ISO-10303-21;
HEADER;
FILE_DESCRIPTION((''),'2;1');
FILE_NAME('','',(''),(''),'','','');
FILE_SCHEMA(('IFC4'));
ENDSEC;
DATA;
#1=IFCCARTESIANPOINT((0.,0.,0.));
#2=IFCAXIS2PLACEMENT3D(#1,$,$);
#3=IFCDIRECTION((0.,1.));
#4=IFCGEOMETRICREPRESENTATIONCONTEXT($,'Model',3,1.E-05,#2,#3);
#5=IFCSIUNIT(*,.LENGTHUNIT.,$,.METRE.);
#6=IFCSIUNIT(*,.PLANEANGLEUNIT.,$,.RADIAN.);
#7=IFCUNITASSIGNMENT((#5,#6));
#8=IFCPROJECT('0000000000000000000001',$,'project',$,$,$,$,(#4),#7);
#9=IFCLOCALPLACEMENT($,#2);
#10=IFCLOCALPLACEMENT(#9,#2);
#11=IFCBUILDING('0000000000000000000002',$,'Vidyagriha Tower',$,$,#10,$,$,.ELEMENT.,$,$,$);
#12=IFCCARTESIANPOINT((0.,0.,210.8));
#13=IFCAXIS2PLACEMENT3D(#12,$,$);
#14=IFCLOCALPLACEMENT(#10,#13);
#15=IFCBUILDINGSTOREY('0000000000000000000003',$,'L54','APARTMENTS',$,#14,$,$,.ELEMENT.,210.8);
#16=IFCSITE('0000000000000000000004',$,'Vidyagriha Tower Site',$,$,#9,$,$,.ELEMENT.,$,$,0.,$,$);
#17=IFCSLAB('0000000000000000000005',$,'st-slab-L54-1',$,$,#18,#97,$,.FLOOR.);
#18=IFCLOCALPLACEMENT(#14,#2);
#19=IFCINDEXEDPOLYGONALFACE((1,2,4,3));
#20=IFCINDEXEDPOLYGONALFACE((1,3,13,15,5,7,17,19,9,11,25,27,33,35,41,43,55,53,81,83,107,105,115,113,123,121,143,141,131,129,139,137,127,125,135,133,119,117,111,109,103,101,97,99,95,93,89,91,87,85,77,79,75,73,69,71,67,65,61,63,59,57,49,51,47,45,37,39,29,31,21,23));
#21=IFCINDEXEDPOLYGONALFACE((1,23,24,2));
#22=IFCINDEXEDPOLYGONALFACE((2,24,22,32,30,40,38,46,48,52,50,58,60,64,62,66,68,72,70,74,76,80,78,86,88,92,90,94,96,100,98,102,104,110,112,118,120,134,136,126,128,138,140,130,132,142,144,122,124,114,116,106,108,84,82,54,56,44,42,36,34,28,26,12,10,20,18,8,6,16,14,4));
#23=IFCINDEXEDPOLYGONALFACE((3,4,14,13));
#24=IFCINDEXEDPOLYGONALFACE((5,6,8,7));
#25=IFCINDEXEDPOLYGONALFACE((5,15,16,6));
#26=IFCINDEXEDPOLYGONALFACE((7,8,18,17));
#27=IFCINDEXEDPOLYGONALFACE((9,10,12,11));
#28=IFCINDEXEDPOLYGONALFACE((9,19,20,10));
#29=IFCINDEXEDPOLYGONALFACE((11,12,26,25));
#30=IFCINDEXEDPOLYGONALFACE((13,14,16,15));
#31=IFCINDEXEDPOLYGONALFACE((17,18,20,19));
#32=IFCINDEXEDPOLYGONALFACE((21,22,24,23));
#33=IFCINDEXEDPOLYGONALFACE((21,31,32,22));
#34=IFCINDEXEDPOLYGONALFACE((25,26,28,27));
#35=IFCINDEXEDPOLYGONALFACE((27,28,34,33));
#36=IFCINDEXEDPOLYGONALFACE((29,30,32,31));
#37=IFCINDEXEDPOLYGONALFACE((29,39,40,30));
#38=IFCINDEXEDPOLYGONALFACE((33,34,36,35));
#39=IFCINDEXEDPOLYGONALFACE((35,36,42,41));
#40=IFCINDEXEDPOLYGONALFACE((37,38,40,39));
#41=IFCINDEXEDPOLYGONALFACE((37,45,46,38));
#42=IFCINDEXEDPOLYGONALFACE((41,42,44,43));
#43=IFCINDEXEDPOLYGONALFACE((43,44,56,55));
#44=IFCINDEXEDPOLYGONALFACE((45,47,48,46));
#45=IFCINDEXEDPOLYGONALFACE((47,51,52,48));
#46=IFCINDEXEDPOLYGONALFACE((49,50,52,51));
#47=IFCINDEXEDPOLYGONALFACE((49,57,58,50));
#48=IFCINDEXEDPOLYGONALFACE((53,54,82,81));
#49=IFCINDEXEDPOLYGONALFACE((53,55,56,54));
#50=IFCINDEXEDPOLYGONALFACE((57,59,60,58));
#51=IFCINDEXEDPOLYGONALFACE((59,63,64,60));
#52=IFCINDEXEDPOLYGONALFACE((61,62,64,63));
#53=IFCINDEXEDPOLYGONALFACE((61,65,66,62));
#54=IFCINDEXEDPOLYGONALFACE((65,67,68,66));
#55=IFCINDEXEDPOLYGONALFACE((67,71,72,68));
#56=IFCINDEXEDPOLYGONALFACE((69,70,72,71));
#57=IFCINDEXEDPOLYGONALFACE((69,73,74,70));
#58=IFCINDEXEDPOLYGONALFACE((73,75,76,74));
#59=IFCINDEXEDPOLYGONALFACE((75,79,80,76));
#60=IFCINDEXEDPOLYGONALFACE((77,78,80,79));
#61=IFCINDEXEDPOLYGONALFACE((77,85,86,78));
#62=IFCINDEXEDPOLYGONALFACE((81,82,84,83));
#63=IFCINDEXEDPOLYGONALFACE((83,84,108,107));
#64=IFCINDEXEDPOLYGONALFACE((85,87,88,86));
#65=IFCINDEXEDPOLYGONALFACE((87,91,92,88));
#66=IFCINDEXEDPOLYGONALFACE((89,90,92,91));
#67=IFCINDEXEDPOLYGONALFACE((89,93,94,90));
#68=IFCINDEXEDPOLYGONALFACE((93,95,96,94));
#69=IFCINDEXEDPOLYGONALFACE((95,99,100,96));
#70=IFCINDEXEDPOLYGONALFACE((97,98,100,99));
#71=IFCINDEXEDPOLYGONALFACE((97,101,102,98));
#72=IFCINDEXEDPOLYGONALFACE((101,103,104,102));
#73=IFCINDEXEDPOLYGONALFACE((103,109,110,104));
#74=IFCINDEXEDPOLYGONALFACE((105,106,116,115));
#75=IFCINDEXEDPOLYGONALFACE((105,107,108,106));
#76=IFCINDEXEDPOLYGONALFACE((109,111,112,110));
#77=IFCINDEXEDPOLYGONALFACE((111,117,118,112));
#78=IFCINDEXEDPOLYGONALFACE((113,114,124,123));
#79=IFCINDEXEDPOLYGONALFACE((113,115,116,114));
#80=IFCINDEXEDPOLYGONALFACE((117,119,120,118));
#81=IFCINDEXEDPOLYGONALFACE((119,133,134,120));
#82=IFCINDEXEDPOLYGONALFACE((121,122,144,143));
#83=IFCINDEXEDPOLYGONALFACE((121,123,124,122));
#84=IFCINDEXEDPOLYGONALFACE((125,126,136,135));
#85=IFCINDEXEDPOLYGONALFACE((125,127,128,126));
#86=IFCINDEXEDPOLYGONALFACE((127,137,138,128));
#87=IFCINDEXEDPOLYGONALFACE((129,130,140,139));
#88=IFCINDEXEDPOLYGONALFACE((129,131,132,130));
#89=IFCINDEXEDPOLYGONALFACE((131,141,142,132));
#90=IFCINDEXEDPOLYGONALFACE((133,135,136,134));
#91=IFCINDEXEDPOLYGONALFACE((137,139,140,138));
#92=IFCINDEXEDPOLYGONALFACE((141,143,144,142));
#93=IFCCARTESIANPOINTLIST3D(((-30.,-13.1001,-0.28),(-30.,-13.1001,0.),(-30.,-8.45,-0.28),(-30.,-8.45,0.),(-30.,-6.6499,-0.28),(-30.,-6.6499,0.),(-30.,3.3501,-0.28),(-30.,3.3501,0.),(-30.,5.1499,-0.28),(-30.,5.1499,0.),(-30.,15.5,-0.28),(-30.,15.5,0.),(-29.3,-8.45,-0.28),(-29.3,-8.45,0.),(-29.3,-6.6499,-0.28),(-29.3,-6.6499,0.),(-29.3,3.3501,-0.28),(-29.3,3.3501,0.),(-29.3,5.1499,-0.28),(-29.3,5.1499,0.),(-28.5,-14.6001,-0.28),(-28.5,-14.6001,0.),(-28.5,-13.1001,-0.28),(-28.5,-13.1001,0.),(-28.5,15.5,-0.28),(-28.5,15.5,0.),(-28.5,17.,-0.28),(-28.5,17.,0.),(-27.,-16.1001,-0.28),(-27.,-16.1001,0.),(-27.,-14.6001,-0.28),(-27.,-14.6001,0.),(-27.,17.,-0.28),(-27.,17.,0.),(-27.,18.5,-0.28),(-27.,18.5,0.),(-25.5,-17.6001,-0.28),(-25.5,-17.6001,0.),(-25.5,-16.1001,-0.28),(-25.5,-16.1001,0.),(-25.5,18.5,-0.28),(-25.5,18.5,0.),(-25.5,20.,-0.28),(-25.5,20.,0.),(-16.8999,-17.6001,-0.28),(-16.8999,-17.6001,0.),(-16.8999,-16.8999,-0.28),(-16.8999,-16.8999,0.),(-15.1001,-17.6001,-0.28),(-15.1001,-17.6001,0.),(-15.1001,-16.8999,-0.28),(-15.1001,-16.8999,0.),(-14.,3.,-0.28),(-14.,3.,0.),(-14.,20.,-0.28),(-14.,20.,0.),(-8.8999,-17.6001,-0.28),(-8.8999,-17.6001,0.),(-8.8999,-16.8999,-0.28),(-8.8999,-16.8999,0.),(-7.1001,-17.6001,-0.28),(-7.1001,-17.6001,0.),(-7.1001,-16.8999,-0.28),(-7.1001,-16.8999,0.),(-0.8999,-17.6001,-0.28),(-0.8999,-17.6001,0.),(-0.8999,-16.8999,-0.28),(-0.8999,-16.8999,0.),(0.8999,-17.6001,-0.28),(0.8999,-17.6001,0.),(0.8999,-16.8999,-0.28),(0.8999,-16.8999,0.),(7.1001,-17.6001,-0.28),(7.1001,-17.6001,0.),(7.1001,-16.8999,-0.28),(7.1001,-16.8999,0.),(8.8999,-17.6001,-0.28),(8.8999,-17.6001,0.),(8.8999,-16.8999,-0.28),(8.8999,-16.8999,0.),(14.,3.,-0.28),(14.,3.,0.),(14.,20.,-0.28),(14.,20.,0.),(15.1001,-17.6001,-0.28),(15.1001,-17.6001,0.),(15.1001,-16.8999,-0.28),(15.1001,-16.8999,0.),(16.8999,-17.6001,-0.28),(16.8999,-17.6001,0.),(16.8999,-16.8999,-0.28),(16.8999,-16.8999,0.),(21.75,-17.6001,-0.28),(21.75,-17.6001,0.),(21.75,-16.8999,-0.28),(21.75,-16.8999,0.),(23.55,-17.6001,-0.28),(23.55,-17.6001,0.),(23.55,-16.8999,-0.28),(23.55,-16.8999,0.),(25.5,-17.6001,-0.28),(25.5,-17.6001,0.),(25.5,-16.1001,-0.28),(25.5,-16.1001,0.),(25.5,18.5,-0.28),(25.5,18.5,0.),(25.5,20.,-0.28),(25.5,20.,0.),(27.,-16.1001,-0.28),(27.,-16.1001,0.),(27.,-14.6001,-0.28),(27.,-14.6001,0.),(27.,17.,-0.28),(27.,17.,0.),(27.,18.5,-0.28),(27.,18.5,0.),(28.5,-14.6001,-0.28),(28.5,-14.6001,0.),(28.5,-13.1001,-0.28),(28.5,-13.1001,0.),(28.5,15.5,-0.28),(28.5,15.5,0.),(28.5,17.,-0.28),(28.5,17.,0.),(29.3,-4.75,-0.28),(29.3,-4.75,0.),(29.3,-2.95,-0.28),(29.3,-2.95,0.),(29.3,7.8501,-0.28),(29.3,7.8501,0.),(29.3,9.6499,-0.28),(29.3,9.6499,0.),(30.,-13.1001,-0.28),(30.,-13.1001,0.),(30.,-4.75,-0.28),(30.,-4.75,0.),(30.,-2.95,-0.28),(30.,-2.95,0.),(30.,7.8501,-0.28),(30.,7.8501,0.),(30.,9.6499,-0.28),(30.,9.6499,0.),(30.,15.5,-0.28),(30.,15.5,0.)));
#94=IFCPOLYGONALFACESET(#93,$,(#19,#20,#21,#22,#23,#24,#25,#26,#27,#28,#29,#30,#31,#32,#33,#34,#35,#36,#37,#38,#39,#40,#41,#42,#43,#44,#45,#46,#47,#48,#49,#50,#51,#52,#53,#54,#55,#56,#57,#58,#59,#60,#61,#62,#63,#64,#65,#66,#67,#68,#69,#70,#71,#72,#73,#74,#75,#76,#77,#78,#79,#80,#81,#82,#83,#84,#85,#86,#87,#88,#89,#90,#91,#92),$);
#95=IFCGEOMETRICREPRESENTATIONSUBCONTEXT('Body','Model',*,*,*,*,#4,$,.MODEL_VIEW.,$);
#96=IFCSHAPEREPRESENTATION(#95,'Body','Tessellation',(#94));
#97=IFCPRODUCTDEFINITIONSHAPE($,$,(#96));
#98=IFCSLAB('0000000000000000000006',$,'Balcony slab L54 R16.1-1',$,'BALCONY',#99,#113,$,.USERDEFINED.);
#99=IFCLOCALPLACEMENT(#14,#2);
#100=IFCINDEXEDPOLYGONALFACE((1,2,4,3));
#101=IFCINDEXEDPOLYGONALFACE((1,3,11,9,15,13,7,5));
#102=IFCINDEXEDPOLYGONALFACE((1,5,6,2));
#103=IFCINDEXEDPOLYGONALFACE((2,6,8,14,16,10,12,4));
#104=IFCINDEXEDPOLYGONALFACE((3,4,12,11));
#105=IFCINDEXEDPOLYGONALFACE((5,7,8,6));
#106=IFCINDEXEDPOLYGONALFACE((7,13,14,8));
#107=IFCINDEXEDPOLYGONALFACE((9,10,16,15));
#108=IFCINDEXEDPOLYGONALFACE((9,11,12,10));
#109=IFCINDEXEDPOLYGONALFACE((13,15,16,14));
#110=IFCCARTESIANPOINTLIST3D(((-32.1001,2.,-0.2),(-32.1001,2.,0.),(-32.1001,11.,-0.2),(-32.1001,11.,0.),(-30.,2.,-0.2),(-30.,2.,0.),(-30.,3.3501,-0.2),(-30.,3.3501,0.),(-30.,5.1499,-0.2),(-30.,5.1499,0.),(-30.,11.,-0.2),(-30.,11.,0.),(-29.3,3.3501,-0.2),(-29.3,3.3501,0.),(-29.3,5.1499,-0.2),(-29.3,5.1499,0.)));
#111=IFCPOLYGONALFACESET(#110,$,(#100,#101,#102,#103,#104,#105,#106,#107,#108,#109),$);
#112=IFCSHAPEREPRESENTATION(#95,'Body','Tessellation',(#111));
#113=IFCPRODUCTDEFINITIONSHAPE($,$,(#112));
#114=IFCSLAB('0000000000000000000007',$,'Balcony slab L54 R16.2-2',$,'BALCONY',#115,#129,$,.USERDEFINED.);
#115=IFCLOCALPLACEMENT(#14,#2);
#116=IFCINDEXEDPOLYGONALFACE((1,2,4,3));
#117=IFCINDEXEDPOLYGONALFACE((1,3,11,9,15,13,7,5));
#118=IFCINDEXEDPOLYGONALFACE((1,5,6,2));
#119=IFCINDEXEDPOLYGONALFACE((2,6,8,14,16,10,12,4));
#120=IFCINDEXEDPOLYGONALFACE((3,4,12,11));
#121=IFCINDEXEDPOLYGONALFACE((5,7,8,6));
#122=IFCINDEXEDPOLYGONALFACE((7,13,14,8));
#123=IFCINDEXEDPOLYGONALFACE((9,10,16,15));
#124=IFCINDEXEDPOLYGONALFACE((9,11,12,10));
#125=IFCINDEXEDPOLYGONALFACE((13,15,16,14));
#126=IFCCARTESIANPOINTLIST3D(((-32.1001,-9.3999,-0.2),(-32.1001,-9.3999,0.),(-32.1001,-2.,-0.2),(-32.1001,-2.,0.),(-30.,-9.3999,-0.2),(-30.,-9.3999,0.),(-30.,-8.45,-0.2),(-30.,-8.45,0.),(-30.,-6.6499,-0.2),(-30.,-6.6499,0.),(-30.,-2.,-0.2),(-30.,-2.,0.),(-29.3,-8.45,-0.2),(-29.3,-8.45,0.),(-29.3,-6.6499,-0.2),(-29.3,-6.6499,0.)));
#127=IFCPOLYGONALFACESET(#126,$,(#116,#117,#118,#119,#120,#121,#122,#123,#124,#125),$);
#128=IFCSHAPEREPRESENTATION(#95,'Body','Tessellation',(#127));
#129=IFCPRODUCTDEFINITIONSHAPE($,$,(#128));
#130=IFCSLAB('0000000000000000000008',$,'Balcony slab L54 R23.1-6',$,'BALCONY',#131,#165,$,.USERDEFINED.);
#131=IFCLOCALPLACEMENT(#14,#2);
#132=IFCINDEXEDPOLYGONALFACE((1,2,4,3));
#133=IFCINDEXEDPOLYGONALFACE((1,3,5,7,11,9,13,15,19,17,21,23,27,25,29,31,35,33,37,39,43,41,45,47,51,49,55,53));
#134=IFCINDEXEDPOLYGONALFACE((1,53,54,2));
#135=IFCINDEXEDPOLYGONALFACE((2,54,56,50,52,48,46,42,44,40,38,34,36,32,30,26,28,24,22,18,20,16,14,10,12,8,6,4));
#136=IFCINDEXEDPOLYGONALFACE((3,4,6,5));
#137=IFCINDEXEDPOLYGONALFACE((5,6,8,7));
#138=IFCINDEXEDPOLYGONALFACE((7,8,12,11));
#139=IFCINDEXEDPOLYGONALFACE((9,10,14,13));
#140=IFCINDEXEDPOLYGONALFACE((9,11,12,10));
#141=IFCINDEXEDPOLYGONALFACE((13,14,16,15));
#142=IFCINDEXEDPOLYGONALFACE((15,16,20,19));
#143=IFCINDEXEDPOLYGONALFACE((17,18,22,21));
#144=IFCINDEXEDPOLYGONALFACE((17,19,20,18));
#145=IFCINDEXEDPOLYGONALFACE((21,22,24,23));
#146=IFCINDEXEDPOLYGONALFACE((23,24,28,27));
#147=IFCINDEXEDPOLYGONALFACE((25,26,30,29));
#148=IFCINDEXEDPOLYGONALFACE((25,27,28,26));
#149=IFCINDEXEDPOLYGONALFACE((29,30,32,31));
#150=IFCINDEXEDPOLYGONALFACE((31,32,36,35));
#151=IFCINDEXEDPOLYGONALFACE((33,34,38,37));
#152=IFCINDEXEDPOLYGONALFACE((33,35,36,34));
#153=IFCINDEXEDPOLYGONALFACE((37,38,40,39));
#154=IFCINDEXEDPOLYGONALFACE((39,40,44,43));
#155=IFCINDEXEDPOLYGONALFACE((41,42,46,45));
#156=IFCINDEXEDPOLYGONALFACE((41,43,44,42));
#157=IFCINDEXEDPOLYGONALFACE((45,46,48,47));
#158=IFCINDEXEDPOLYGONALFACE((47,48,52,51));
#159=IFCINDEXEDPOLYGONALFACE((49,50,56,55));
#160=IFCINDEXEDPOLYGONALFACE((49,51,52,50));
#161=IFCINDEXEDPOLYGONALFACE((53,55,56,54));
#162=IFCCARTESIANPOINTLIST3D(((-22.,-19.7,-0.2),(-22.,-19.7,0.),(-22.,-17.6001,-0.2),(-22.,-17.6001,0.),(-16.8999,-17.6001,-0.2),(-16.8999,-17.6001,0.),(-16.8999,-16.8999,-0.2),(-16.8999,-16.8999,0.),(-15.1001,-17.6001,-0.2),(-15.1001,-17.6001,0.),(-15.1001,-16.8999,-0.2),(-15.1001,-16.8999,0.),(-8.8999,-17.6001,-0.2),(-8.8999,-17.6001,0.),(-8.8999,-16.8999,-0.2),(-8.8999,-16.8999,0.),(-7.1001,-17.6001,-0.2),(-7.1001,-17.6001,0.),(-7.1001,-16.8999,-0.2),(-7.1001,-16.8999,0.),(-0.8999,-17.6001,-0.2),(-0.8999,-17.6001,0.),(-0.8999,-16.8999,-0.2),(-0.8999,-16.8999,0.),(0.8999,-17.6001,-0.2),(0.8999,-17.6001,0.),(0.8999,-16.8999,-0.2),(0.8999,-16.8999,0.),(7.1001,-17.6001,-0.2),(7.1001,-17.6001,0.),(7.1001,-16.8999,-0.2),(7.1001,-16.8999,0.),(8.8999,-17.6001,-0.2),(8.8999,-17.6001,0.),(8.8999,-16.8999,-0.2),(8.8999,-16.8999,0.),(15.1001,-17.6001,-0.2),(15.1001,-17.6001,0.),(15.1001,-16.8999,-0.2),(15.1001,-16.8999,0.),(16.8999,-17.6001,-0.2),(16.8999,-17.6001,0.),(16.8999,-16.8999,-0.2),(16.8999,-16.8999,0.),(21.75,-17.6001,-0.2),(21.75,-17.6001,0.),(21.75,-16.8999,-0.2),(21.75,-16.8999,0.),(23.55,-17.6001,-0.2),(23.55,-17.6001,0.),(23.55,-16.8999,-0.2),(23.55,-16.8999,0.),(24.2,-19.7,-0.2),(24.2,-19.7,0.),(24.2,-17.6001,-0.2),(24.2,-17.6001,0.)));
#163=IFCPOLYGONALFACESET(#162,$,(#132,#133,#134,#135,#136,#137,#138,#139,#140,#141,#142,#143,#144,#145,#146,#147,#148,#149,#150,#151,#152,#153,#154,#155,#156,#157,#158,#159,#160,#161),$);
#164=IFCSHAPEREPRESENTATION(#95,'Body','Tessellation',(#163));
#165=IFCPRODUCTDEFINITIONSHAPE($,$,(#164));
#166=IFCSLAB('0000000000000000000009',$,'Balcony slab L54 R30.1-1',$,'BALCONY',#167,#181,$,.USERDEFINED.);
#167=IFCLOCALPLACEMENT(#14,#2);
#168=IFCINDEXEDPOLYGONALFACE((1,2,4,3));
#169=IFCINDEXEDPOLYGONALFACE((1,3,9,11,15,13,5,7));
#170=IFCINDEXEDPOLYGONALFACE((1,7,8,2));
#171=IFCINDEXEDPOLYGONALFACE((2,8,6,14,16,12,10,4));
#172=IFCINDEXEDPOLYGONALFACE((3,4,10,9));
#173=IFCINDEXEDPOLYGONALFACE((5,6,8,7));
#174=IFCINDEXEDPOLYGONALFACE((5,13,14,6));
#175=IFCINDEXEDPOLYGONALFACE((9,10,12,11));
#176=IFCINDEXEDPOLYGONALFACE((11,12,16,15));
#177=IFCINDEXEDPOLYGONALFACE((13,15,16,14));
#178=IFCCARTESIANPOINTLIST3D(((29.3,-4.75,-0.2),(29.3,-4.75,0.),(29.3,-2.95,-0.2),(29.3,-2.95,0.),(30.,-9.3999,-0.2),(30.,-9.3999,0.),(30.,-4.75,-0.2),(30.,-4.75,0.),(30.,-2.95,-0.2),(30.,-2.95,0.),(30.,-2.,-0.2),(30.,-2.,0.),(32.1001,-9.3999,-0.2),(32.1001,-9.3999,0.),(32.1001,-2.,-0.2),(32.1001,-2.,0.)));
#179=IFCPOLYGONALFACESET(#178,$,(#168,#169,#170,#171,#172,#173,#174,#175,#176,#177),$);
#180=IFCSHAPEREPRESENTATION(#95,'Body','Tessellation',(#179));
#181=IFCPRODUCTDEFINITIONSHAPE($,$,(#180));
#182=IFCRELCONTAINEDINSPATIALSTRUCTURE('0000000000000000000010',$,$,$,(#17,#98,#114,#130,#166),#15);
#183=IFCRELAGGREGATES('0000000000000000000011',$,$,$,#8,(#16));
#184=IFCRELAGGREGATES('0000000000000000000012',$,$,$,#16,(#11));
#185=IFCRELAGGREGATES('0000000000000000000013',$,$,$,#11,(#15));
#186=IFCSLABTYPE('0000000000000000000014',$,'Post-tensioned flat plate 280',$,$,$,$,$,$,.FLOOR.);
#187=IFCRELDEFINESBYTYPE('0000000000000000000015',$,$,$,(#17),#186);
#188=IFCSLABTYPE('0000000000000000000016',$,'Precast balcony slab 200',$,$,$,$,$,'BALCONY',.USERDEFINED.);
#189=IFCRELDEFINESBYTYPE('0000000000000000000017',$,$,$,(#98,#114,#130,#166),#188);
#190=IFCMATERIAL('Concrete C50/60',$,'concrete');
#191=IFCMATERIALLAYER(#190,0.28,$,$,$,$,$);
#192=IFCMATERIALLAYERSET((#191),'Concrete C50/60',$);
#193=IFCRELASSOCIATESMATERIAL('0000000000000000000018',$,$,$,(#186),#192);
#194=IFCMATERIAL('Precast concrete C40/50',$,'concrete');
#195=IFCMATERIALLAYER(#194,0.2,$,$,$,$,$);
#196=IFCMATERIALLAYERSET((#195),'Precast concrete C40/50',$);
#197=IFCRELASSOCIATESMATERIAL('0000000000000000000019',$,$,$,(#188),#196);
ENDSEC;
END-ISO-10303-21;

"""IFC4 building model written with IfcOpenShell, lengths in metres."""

from ifc_helpers import new_model, si_unit, direction, frame, origin, place, context, subcontext, project, spatial, polyline, outline, extrude, material, layer, layer_set, type_object, element, save


model = new_model("IFC4")

# Units and contexts
model_context = context("Model", 3, precision=1e-05, world=origin(), true_north=direction((0.0, 1.0)))
body_context = subcontext(model_context, "Body", "Model", "MODEL_VIEW")
ifc_project = project(units=[si_unit("LENGTHUNIT", "METRE"), si_unit("PLANEANGLEUNIT", "RADIAN")], contexts=[model_context])

# Site, building, storey
site_placement = place(None, origin())
site = spatial("IfcSite", under=ifc_project, at=site_placement, Name="Vidyagriha Tower Site", CompositionType="ELEMENT", RefElevation=0.0)
building_placement = place(site_placement, origin())
building = spatial("IfcBuilding", under=site, at=building_placement, Name="Vidyagriha Tower", CompositionType="ELEMENT")
storey_placement = place(building_placement, frame((0.0, 0.0, 210.8)))
storey = spatial("IfcBuildingStorey", under=building, at=storey_placement, Name="L54", Description="APARTMENTS", CompositionType="ELEMENT", Elevation=210.8)

# Slabs
ifc_material_1 = material(Name="Concrete C50/60", Category="concrete")
ifc_layer_1 = layer(ifc_material_1, 0.28)
ifc_layer_set_1 = layer_set([ifc_layer_1], Name="Concrete C50/60")
slab_type_1 = type_object("IfcSlabType", Name="Post-tensioned flat plate 280", PredefinedType="FLOOR", material=ifc_layer_set_1)
slab_1_placement = place(storey_placement, frame((0.0, 0.0, -0.28)))
element("IfcSlab", 1, at=slab_1_placement, inside=storey, type_object=slab_type_1, Name="st-slab-L54-1", PredefinedType="FLOOR", context=body_context, shape_type="SweptSolid", body=[
    extrude(outline(polyline([(28.5, -14.6001), (27.0, -14.6001), (27.0, -16.1001), (25.5, -16.1001), (25.5, -17.6001), (23.55, -17.6001), (23.55, -16.8999), (21.75, -16.8999), (21.75, -17.6001), (16.8999, -17.6001), (16.8999, -16.8999), (15.1001, -16.8999), (15.1001, -17.6001), (8.8999, -17.6001), (8.8999, -16.8999), (7.1001, -16.8999), (7.1001, -17.6001), (0.8999, -17.6001), (0.8999, -16.8999), (-0.8999, -16.8999), (-0.8999, -17.6001), (-7.1001, -17.6001), (-7.1001, -16.8999), (-8.8999, -16.8999), (-8.8999, -17.6001), (-15.1001, -17.6001), (-15.1001, -16.8999), (-16.8999, -16.8999), (-16.8999, -17.6001), (-25.5, -17.6001), (-25.5, -16.1001), (-27.0, -16.1001), (-27.0, -14.6001), (-28.5, -14.6001), (-28.5, -13.1001), (-30.0, -13.1001), (-30.0, -8.45), (-29.3, -8.45), (-29.3, -6.6499), (-30.0, -6.6499), (-30.0, 3.3501), (-29.3, 3.3501), (-29.3, 5.1499), (-30.0, 5.1499), (-30.0, 15.5), (-28.5, 15.5), (-28.5, 17.0), (-27.0, 17.0), (-27.0, 18.5), (-25.5, 18.5), (-25.5, 20.0), (-14.0, 20.0), (-14.0, 3.0), (14.0, 3.0), (14.0, 20.0), (25.5, 20.0), (25.5, 18.5), (27.0, 18.5), (27.0, 17.0), (28.5, 17.0), (28.5, 15.5), (30.0, 15.5), (30.0, 9.6499), (29.3, 9.6499), (29.3, 7.8501), (30.0, 7.8501), (30.0, -2.95), (29.3, -2.95), (29.3, -4.75), (30.0, -4.75), (30.0, -13.1001), (28.5, -13.1001), (28.5, -14.6001)])), origin(), (0.0, 0.0, 1.0), 0.28),
])
ifc_material_2 = material(Name="Precast concrete C40/50", Category="concrete")
ifc_layer_2 = layer(ifc_material_2, 0.2)
ifc_layer_set_2 = layer_set([ifc_layer_2], Name="Precast concrete C40/50")
slab_type_2 = type_object("IfcSlabType", Name="Precast balcony slab 200", ElementType="BALCONY", PredefinedType="USERDEFINED", material=ifc_layer_set_2)
slab_2_placement = place(storey_placement, frame((0.0, 0.0, -0.2)))
element("IfcSlab", 2, at=slab_2_placement, inside=storey, type_object=slab_type_2, Name="Balcony slab L54 R16.1-1", ObjectType="BALCONY", PredefinedType="USERDEFINED", context=body_context, shape_type="SweptSolid", body=[
    extrude(outline(polyline([(-29.3, 3.3501), (-29.3, 5.1499), (-30.0, 5.1499), (-30.0, 11.0), (-32.1001, 11.0), (-32.1001, 2.0), (-30.0, 2.0), (-30.0, 3.3501), (-29.3, 3.3501)])), origin(), (0.0, 0.0, 1.0), 0.2),
])
slab_3_placement = place(storey_placement, frame((0.0, 0.0, -0.2)))
element("IfcSlab", 3, at=slab_3_placement, inside=storey, type_object=slab_type_2, Name="Balcony slab L54 R16.2-2", ObjectType="BALCONY", PredefinedType="USERDEFINED", context=body_context, shape_type="SweptSolid", body=[
    extrude(outline(polyline([(-29.3, -8.45), (-29.3, -6.6499), (-30.0, -6.6499), (-30.0, -2.0), (-32.1001, -2.0), (-32.1001, -9.3999), (-30.0, -9.3999), (-30.0, -8.45), (-29.3, -8.45)])), origin(), (0.0, 0.0, 1.0), 0.2),
])
slab_4_placement = place(storey_placement, frame((0.0, 0.0, -0.2)))
element("IfcSlab", 4, at=slab_4_placement, inside=storey, type_object=slab_type_2, Name="Balcony slab L54 R23.1-6", ObjectType="BALCONY", PredefinedType="USERDEFINED", context=body_context, shape_type="SweptSolid", body=[
    extrude(outline(polyline([(-16.8999, -16.8999), (-16.8999, -17.6001), (-22.0, -17.6001), (-22.0, -19.7), (24.2, -19.7), (24.2, -17.6001), (23.55, -17.6001), (23.55, -16.8999), (21.75, -16.8999), (21.75, -17.6001), (16.8999, -17.6001), (16.8999, -16.8999), (15.1001, -16.8999), (15.1001, -17.6001), (8.8999, -17.6001), (8.8999, -16.8999), (7.1001, -16.8999), (7.1001, -17.6001), (0.8999, -17.6001), (0.8999, -16.8999), (-0.8999, -16.8999), (-0.8999, -17.6001), (-7.1001, -17.6001), (-7.1001, -16.8999), (-8.8999, -16.8999), (-8.8999, -17.6001), (-15.1001, -17.6001), (-15.1001, -16.8999), (-16.8999, -16.8999)])), origin(), (0.0, 0.0, 1.0), 0.2),
])
slab_5_placement = place(storey_placement, frame((0.0, 0.0, -0.2)))
element("IfcSlab", 5, at=slab_5_placement, inside=storey, type_object=slab_type_2, Name="Balcony slab L54 R30.1-1", ObjectType="BALCONY", PredefinedType="USERDEFINED", context=body_context, shape_type="SweptSolid", body=[
    extrude(outline(polyline([(30.0, -4.75), (30.0, -9.3999), (32.1001, -9.3999), (32.1001, -2.0), (30.0, -2.0), (30.0, -2.95), (29.3, -2.95), (29.3, -4.75), (30.0, -4.75)])), origin(), (0.0, 0.0, 1.0), 0.2),
])

save(model, "model.ifc")
